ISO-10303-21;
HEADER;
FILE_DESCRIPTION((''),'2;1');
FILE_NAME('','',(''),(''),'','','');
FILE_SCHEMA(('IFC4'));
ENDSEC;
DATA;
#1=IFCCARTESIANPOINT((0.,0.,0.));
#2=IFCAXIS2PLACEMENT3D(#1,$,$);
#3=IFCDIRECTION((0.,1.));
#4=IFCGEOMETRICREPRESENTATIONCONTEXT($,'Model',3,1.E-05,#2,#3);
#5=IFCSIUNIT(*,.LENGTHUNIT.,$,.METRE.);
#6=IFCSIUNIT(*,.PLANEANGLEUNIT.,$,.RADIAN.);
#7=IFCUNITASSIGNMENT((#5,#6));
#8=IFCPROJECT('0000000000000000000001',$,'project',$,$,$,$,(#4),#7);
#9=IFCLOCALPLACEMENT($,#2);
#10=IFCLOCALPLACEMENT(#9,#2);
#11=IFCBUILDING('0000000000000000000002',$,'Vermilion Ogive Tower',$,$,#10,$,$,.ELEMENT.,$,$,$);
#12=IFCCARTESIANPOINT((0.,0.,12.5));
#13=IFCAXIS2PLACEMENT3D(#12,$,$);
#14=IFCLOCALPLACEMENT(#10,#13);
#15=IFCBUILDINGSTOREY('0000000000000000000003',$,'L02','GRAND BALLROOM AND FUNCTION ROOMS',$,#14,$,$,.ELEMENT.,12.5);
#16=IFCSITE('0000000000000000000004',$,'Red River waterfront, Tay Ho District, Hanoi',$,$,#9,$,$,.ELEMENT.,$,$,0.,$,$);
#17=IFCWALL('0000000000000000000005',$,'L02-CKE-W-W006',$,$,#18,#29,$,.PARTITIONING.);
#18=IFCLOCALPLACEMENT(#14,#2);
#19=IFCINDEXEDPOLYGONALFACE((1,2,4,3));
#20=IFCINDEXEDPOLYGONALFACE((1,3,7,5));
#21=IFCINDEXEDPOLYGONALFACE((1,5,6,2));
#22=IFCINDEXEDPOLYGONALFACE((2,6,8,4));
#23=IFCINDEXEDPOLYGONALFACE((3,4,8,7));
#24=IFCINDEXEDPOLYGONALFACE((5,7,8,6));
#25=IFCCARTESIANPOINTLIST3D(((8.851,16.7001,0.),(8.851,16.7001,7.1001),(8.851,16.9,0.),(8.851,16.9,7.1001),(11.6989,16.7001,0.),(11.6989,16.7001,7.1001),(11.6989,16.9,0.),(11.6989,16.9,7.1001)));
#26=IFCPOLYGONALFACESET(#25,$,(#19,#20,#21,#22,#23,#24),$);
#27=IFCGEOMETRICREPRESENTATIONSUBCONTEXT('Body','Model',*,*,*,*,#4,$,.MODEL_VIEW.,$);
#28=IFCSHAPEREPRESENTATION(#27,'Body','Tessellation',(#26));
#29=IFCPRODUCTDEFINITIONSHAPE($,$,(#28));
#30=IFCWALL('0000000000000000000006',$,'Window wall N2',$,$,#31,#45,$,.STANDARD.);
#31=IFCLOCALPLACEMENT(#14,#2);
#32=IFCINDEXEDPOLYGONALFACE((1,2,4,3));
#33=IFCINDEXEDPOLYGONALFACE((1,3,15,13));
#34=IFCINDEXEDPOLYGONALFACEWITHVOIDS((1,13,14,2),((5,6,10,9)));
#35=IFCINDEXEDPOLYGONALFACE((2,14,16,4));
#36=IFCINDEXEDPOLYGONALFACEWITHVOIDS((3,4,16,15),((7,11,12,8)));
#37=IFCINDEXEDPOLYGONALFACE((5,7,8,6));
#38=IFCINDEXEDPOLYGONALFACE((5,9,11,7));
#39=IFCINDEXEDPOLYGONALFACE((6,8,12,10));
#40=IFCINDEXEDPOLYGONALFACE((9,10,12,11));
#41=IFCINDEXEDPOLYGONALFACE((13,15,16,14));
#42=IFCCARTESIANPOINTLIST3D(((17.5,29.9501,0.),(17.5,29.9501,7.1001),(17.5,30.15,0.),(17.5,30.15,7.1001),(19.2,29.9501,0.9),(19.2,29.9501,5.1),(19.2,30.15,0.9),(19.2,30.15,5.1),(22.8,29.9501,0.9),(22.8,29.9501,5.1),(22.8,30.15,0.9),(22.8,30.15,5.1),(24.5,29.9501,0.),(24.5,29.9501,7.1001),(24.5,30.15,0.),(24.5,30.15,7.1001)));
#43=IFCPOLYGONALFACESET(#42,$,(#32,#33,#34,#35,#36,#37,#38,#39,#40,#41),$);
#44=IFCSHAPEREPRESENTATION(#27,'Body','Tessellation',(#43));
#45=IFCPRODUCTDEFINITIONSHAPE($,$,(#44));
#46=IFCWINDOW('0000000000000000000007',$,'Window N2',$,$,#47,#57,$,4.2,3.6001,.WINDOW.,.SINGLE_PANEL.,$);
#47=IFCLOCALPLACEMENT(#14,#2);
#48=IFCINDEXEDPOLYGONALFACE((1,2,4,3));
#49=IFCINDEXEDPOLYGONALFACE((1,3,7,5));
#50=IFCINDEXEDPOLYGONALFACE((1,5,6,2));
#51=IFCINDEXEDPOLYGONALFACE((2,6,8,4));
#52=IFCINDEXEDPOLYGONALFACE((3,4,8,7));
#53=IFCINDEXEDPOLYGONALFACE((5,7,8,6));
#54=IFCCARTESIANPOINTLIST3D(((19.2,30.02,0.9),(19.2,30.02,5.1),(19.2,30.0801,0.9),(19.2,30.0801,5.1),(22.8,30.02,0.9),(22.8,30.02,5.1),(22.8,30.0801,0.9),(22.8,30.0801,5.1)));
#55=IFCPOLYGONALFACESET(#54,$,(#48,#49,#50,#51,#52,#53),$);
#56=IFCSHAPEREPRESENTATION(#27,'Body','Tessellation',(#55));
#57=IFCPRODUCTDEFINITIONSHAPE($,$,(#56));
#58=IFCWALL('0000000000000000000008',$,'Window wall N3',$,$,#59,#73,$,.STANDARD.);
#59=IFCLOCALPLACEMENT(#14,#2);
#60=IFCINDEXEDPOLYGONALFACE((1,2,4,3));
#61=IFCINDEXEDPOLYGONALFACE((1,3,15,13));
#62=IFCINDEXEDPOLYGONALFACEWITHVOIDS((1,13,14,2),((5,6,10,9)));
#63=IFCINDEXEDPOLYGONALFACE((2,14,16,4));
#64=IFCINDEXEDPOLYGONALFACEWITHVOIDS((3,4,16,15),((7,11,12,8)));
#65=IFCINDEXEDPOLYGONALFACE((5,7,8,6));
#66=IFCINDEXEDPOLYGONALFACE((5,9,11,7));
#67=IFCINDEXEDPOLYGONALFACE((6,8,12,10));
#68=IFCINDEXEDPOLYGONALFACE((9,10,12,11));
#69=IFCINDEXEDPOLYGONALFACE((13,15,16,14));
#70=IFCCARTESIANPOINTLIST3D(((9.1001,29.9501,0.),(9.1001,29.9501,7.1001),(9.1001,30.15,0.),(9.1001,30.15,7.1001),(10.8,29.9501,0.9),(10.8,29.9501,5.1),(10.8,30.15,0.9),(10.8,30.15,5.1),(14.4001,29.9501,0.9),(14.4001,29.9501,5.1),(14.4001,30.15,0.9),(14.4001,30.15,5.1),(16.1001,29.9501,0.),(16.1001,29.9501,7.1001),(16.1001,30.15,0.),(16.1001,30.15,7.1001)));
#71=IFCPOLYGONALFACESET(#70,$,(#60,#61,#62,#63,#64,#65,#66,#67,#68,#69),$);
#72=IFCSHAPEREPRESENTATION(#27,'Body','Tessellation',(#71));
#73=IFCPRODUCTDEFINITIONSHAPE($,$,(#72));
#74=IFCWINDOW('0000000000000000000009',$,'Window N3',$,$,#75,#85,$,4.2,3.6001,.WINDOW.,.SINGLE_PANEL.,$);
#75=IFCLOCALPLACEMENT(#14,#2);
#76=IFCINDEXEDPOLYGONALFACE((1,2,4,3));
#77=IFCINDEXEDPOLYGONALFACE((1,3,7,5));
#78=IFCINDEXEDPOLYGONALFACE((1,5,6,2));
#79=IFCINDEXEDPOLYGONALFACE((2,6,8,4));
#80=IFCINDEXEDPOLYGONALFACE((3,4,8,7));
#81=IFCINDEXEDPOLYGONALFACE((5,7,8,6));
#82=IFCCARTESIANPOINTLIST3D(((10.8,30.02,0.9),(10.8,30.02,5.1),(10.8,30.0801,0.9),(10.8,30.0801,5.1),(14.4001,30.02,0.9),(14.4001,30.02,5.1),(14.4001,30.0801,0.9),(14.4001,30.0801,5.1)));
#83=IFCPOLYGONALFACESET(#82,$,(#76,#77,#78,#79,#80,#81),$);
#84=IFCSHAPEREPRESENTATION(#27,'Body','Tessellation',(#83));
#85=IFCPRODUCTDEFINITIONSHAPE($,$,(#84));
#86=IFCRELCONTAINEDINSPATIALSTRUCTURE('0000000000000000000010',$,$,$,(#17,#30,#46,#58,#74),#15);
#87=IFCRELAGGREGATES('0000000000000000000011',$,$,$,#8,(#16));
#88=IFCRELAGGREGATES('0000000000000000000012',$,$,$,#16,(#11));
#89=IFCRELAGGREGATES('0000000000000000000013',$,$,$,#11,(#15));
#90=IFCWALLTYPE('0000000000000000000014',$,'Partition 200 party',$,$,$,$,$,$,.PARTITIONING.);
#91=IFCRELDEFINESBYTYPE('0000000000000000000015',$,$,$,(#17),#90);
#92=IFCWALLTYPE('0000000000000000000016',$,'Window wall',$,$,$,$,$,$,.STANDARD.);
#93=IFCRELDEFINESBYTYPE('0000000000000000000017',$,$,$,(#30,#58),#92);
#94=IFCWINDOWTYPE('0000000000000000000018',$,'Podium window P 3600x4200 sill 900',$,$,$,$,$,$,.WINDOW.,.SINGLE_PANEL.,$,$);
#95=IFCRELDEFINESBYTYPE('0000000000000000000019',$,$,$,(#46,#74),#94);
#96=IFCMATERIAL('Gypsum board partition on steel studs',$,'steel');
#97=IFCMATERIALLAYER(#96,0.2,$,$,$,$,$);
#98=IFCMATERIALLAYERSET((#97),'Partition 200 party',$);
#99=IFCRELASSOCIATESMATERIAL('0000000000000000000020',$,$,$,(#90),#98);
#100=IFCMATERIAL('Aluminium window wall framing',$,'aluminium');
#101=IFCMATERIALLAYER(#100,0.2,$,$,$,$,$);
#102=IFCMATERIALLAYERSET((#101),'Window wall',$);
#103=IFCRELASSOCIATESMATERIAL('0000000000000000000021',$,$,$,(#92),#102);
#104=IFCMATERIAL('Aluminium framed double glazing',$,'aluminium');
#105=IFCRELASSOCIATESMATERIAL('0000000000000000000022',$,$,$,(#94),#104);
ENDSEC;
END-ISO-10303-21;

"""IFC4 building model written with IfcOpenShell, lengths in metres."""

from ifc_helpers import new_model, si_unit, direction, frame, frame_2d, origin, place, context, subcontext, project, spatial, rectangle, extrude, material, layer, layer_set, type_object, element, fill, save


model = new_model("IFC4")

# Units and contexts
model_context = context("Model", 3, precision=1e-05, world=origin(), true_north=direction((0.0, 1.0)))
body_context = subcontext(model_context, "Body", "Model", "MODEL_VIEW")
ifc_project = project(units=[si_unit("LENGTHUNIT", "METRE"), si_unit("PLANEANGLEUNIT", "RADIAN")], contexts=[model_context])

# Site, building, storey
site_placement = place(None, origin())
site = spatial("IfcSite", under=ifc_project, at=site_placement, Name="Red River waterfront, Tay Ho District, Hanoi", CompositionType="ELEMENT", RefElevation=0.0)
building_placement = place(site_placement, origin())
building = spatial("IfcBuilding", under=site, at=building_placement, Name="Vermilion Ogive Tower", CompositionType="ELEMENT")
storey_placement = place(building_placement, frame((0.0, 0.0, 12.5)))
storey = spatial("IfcBuildingStorey", under=building, at=storey_placement, Name="L02", Description="GRAND BALLROOM AND FUNCTION ROOMS", CompositionType="ELEMENT", Elevation=12.5)

# Wall
ifc_material_1 = material(Name="Gypsum board partition on steel studs", Category="steel")
ifc_layer_1 = layer(ifc_material_1, 0.2)
ifc_layer_set_1 = layer_set([ifc_layer_1], Name="Partition 200 party")
wall_type_1 = type_object("IfcWallType", Name="Partition 200 party", PredefinedType="PARTITIONING", material=ifc_layer_set_1)
wall_1_placement = place(storey_placement, frame((8.8511, 16.8, 0.0), z_axis=(0.0, 0.0, 1.0), x_axis=(1.0, 0.0, 0.0)))
element("IfcWall", 1, at=wall_1_placement, inside=storey, type_object=wall_type_1, Name="L02-CKE-W-W006", PredefinedType="PARTITIONING", context=body_context, shape_type="SweptSolid", body=[
    extrude(rectangle(XDim=2.8479, YDim=0.2, at=frame_2d((1.4238, 0.0))), origin(), (0.0, 0.0, 1.0), 7.1001),
])

# Walls, openings, windows
ifc_material_2 = material(Name="Aluminium window wall framing", Category="aluminium")
ifc_layer_2 = layer(ifc_material_2, 0.2)
ifc_layer_set_2 = layer_set([ifc_layer_2], Name="Window wall")
wall_type_2 = type_object("IfcWallType", Name="Window wall", PredefinedType="STANDARD", material=ifc_layer_set_2)
wall_2_placement = place(storey_placement, frame((24.5, 30.05, 0.0), z_axis=(0.0, 0.0, 1.0), x_axis=(-1.0, 0.0, 0.0)))
wall_2 = element("IfcWall", 2, at=wall_2_placement, inside=storey, type_object=wall_type_2, Name="Window wall N2", PredefinedType="STANDARD", context=body_context, shape_type="SweptSolid", body=[
    extrude(rectangle(XDim=7.0, YDim=0.2, at=frame_2d((3.5, 0.0))), origin(), (0.0, 0.0, 1.0), 7.1001),
])
opening_1_placement = place(wall_2_placement, frame((1.7, 0.0, 0.8999)))
opening_1 = element("IfcOpeningElement", 3, at=opening_1_placement, cuts=wall_2, PredefinedType="OPENING", context=body_context, shape_type="SweptSolid", body=[
    extrude(rectangle(XDim=3.6001, YDim=4.2, at=frame_2d((1.8, 2.1001))), frame((0.0, 0.1099, 0.0), z_axis=(0.0, -1.0, 0.0), x_axis=(1.0, 0.0, 0.0)), (0.0, 0.0, 1.0), 0.22),
])
ifc_material_3 = material(Name="Aluminium framed double glazing", Category="aluminium")
window_type = type_object("IfcWindowType", Name="Podium window P 3600x4200 sill 900", PartitioningType="SINGLE_PANEL", PredefinedType="WINDOW", material=ifc_material_3)
window_1_placement = place(opening_1_placement, origin())
window_1 = element("IfcWindow", 4, at=window_1_placement, inside=storey, type_object=window_type, Name="Window N2", OverallHeight=4.2, OverallWidth=3.6001, PartitioningType="SINGLE_PANEL", PredefinedType="WINDOW", context=body_context, shape_type="SweptSolid", body=[
    extrude(rectangle(XDim=3.6001, YDim=4.2, at=frame_2d((1.8, 2.1001))), frame((0.0, 0.03, 0.0), z_axis=(0.0, -1.0, 0.0), x_axis=(1.0, 0.0, 0.0)), (0.0, 0.0, 1.0), 0.0601),
])
fill(opening_1, window_1)
wall_3_placement = place(storey_placement, frame((16.1001, 30.05, 0.0), z_axis=(0.0, 0.0, 1.0), x_axis=(-1.0, 0.0, 0.0)))
wall_3 = element("IfcWall", 5, at=wall_3_placement, inside=storey, type_object=wall_type_2, Name="Window wall N3", PredefinedType="STANDARD", context=body_context, shape_type="SweptSolid", body=[
    extrude(rectangle(XDim=7.0, YDim=0.2, at=frame_2d((3.5, 0.0))), origin(), (0.0, 0.0, 1.0), 7.1001),
])
opening_2_placement = place(wall_3_placement, frame((1.7, 0.0, 0.8999)))
opening_2 = element("IfcOpeningElement", 6, at=opening_2_placement, cuts=wall_3, PredefinedType="OPENING", context=body_context, shape_type="SweptSolid", body=[
    extrude(rectangle(XDim=3.6001, YDim=4.2, at=frame_2d((1.8, 2.1001))), frame((0.0, 0.1099, 0.0), z_axis=(0.0, -1.0, 0.0), x_axis=(1.0, 0.0, 0.0)), (0.0, 0.0, 1.0), 0.22),
])
window_2_placement = place(opening_2_placement, origin())
window_2 = element("IfcWindow", 7, at=window_2_placement, inside=storey, type_object=window_type, Name="Window N3", OverallHeight=4.2, OverallWidth=3.6001, PartitioningType="SINGLE_PANEL", PredefinedType="WINDOW", context=body_context, shape_type="SweptSolid", body=[
    extrude(rectangle(XDim=3.6001, YDim=4.2, at=frame_2d((1.8, 2.1001))), frame((0.0, 0.03, 0.0), z_axis=(0.0, -1.0, 0.0), x_axis=(1.0, 0.0, 0.0)), (0.0, 0.0, 1.0), 0.0601),
])
fill(opening_2, window_2)

save(model, "model.ifc")
